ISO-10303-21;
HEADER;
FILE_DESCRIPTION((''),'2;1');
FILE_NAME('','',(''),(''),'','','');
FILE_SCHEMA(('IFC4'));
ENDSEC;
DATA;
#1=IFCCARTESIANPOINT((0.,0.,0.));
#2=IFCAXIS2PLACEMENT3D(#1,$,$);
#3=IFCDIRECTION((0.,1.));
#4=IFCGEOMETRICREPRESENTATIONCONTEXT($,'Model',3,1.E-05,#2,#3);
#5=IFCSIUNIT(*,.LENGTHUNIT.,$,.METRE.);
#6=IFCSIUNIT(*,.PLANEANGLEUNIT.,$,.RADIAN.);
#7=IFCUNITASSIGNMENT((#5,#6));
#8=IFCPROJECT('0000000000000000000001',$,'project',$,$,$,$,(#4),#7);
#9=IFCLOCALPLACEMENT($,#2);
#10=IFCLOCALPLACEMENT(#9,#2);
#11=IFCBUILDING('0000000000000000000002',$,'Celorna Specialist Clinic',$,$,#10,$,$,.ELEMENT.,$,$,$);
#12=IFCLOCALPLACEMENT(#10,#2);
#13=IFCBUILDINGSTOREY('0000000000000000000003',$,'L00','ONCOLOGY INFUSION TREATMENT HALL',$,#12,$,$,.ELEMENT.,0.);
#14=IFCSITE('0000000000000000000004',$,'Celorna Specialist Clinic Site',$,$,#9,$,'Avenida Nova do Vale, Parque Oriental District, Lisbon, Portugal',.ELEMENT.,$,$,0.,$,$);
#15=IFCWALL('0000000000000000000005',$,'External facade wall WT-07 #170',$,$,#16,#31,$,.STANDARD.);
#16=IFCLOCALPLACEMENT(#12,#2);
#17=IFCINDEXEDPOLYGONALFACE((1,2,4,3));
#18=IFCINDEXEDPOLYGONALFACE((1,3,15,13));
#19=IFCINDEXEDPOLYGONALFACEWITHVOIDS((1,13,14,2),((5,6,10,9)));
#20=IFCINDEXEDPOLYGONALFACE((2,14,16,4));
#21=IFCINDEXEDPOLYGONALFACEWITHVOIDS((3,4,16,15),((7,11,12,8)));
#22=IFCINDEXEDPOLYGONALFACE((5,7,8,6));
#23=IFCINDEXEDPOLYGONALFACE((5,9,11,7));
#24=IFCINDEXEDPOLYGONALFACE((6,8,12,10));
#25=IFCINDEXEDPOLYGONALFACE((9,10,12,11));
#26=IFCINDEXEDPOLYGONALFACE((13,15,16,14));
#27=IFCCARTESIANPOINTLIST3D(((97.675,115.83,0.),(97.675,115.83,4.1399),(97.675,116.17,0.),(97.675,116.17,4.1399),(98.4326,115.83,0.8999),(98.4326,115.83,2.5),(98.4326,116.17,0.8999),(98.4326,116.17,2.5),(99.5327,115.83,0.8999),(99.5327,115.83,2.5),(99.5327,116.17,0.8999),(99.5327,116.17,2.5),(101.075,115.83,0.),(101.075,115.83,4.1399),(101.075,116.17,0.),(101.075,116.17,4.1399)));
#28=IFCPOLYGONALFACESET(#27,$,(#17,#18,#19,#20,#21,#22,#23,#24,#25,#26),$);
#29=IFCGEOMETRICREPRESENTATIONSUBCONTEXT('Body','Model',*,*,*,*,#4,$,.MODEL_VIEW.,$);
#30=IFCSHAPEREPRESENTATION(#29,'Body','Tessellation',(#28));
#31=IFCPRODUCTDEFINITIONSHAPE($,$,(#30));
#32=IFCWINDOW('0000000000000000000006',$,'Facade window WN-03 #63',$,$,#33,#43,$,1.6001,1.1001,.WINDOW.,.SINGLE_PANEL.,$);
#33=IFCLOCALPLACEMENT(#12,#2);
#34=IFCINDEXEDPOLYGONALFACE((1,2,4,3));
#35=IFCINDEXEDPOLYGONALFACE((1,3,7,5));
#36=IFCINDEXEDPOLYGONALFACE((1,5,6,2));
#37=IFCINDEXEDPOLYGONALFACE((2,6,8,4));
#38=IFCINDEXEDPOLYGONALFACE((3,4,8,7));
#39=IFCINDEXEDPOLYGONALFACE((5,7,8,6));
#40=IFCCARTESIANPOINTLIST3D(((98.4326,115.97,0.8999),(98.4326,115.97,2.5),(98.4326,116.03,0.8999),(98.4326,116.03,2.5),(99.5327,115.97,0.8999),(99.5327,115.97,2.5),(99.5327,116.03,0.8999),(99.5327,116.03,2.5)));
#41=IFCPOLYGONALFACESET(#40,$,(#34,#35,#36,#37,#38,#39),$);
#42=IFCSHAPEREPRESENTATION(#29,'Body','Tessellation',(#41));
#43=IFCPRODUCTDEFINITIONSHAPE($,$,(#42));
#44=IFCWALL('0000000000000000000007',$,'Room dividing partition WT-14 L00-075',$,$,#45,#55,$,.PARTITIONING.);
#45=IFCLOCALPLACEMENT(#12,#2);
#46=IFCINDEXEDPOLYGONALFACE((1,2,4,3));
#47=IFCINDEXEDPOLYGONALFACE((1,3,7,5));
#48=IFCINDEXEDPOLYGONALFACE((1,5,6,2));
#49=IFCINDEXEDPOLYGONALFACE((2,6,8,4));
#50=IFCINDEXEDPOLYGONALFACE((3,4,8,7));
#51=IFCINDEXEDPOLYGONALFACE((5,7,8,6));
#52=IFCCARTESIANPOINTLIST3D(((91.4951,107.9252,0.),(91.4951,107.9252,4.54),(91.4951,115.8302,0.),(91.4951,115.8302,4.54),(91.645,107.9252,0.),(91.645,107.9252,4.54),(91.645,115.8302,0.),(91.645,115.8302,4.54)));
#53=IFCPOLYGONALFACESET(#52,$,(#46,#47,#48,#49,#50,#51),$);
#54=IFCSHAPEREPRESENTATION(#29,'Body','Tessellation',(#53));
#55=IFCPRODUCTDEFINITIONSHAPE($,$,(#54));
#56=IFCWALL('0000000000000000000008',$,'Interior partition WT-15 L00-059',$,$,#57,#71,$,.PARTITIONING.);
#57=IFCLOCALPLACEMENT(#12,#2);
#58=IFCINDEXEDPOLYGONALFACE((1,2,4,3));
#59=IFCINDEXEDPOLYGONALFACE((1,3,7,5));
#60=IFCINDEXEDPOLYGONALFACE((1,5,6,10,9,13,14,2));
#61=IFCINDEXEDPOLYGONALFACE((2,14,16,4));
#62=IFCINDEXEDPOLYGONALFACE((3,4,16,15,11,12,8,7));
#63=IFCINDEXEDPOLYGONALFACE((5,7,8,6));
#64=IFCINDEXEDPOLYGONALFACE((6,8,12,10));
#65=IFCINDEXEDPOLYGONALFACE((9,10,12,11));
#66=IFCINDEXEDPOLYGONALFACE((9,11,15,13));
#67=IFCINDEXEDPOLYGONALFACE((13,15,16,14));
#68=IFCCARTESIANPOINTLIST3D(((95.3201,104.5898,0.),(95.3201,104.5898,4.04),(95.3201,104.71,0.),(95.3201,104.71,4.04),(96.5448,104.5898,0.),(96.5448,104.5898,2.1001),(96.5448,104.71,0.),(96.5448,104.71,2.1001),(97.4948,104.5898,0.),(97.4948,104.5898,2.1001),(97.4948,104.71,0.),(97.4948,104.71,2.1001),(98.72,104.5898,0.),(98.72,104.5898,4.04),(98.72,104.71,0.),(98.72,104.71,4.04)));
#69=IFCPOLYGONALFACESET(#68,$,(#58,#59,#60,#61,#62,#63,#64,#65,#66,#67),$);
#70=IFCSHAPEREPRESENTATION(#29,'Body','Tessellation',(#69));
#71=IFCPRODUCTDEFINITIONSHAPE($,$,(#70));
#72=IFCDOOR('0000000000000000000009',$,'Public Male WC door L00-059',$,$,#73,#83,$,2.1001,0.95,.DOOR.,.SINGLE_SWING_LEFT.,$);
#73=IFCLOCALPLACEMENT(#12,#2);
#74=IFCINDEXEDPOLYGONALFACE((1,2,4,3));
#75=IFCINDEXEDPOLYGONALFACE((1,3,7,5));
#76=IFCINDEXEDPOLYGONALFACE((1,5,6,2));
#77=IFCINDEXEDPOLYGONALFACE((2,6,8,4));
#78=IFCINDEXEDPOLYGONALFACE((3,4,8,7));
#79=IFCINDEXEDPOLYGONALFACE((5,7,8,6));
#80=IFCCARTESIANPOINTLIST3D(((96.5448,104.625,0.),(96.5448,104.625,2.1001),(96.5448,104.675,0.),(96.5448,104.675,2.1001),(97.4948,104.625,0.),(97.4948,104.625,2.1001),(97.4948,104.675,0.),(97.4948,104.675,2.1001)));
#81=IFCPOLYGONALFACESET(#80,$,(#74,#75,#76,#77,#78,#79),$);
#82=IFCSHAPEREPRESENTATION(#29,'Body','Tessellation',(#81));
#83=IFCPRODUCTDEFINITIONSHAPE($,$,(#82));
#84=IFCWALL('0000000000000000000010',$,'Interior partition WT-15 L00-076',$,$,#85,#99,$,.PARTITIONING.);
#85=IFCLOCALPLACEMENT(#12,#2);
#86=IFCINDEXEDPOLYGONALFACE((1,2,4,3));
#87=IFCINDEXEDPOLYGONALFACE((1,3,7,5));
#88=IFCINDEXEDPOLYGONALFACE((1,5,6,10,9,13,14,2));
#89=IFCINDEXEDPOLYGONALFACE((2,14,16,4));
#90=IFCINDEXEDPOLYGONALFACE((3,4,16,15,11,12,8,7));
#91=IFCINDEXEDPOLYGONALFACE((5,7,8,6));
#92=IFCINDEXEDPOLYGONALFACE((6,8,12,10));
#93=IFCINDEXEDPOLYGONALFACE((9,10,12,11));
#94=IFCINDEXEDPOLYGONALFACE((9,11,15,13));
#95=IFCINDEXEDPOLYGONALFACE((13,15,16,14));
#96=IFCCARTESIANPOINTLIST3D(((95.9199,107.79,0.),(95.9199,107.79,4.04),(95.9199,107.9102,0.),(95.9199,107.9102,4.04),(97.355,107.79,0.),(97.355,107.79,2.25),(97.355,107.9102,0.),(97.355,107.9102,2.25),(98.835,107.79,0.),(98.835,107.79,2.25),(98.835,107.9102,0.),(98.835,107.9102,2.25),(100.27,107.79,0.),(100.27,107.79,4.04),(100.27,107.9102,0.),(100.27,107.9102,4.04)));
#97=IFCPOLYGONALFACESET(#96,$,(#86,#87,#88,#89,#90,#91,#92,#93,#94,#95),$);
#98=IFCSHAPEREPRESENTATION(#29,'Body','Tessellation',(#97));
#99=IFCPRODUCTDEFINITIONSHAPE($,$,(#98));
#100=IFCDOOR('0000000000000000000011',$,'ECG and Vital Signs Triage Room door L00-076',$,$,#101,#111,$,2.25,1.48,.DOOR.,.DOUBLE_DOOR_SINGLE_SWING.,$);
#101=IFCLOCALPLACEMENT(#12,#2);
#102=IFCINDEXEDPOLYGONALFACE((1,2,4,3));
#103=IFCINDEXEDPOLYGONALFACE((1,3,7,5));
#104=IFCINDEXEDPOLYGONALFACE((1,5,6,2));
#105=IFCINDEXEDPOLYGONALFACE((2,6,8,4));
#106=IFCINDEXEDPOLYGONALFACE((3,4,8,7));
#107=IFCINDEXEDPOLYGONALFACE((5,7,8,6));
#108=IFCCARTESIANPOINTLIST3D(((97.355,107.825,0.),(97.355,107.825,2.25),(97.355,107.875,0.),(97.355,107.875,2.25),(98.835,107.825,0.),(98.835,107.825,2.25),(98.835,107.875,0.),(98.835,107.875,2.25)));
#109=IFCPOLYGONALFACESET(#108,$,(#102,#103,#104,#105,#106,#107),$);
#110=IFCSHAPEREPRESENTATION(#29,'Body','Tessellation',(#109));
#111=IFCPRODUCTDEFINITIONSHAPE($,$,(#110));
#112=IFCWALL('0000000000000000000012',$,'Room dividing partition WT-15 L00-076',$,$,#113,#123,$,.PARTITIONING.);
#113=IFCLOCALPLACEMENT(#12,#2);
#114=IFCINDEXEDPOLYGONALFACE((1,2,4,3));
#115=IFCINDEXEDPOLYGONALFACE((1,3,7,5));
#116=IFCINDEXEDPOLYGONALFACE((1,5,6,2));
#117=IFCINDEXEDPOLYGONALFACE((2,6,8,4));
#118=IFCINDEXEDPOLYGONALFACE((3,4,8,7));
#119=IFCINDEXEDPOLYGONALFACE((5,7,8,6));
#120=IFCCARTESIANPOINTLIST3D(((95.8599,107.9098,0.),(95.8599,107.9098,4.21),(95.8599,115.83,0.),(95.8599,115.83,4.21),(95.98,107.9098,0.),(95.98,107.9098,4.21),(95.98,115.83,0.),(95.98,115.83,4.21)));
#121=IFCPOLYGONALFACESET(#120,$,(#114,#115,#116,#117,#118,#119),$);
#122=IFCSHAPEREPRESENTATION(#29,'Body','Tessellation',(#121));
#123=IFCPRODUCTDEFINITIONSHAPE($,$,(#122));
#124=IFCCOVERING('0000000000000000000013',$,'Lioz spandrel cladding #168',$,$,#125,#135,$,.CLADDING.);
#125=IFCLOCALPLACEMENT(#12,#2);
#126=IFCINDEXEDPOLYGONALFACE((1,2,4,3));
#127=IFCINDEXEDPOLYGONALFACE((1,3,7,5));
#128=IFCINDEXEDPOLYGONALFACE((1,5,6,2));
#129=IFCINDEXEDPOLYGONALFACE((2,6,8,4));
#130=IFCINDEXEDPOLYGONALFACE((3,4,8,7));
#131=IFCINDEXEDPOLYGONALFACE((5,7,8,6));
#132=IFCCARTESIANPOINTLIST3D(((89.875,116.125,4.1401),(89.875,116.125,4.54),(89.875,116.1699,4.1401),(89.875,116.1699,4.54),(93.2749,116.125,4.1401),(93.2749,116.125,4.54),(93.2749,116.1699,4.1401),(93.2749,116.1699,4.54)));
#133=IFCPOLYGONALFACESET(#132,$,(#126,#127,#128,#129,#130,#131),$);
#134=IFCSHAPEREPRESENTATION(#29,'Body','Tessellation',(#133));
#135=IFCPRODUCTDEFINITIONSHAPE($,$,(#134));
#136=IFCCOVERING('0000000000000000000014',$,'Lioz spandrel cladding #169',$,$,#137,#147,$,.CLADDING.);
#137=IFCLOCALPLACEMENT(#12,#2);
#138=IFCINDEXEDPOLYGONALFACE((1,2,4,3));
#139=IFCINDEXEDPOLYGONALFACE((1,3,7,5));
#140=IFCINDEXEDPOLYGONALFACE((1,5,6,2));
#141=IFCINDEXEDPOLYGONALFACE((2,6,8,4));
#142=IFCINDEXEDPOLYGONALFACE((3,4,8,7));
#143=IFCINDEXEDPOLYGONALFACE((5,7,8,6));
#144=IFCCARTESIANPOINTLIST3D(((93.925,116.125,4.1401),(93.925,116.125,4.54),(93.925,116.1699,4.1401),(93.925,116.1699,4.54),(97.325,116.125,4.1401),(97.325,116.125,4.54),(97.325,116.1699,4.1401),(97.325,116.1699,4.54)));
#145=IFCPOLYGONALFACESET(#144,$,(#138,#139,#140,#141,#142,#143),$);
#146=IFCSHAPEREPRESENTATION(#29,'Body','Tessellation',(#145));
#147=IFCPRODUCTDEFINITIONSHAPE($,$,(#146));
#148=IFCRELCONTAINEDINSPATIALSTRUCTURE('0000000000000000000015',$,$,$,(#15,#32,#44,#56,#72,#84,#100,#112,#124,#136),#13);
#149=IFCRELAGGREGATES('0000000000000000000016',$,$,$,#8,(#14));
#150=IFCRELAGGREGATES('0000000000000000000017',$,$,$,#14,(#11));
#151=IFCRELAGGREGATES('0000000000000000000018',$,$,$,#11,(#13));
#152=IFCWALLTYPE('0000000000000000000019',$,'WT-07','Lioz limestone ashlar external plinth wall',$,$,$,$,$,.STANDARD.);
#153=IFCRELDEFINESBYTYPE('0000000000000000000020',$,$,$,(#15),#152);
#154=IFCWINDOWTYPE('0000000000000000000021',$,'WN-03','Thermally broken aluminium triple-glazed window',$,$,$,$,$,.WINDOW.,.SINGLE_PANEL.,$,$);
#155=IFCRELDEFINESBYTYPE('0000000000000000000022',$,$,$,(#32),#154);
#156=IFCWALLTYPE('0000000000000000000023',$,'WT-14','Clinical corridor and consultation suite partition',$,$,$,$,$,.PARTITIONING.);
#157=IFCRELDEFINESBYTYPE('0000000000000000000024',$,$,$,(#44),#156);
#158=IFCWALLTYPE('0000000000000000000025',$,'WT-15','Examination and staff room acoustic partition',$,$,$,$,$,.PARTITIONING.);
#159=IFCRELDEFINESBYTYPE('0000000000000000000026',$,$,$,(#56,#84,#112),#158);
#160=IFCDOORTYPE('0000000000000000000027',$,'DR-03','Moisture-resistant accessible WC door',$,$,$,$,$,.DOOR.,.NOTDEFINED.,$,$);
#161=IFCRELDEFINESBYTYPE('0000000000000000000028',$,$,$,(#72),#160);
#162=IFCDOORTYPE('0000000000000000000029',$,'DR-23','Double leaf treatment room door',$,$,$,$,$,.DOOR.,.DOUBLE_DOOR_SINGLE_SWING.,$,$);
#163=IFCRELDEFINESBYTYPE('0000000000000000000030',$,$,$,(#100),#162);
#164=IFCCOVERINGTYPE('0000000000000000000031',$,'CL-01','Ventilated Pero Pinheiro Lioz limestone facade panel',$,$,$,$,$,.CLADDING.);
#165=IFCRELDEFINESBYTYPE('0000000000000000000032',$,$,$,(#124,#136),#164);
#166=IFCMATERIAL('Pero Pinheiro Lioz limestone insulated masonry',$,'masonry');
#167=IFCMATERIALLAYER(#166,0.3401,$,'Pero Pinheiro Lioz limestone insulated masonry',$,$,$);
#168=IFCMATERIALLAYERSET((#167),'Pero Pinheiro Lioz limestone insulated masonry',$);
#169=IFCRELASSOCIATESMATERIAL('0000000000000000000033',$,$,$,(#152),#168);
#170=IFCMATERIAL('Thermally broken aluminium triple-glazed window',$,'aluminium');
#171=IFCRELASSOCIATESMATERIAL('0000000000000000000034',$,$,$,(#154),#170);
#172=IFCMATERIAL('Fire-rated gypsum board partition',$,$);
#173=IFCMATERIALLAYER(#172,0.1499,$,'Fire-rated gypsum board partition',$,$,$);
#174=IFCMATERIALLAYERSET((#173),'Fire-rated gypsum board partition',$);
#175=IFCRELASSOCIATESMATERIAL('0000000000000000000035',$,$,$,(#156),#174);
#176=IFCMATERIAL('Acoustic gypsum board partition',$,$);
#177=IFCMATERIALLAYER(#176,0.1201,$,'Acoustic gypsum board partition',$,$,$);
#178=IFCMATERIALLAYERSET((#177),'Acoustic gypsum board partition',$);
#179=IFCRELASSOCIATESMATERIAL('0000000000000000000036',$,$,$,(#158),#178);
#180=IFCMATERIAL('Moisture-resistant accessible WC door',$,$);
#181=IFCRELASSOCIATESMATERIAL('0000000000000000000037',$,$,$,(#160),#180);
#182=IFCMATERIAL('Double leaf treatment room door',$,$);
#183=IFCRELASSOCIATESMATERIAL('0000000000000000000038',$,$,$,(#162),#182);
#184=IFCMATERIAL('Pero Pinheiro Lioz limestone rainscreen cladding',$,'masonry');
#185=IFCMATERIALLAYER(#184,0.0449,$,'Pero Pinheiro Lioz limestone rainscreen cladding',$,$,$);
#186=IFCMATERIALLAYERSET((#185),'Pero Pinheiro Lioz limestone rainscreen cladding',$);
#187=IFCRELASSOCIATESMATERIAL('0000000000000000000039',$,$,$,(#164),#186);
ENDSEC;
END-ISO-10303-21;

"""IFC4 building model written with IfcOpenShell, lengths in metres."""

from ifc_helpers import new_model, si_unit, direction, frame, frame_2d, origin, origin_2d, place, context, subcontext, project, spatial, rectangle, extrude, material, layer, layer_set, type_object, element, fill, save


model = new_model("IFC4")

# Units and contexts
model_context = context("Model", 3, precision=1e-05, world=origin(), true_north=direction((0.0, 1.0)))
body_context = subcontext(model_context, "Body", "Model", "MODEL_VIEW")
ifc_project = project(units=[si_unit("LENGTHUNIT", "METRE"), si_unit("PLANEANGLEUNIT", "RADIAN")], contexts=[model_context])

# Site, building, storey
site_placement = place(None, origin())
site = spatial("IfcSite", under=ifc_project, at=site_placement, Name="Celorna Specialist Clinic Site", LongName="Avenida Nova do Vale, Parque Oriental District, Lisbon, Portugal", CompositionType="ELEMENT", RefElevation=0.0)
building_placement = place(site_placement, origin())
building = spatial("IfcBuilding", under=site, at=building_placement, Name="Celorna Specialist Clinic", CompositionType="ELEMENT")
storey_placement = place(building_placement, origin())
storey = spatial("IfcBuildingStorey", under=building, at=storey_placement, Name="L00", Description="ONCOLOGY INFUSION TREATMENT HALL", CompositionType="ELEMENT", Elevation=0.0)

# Wall, opening, window
ifc_material_1 = material(Name="Pero Pinheiro Lioz limestone insulated masonry", Category="masonry")
ifc_layer_1 = layer(ifc_material_1, 0.3401, Name="Pero Pinheiro Lioz limestone insulated masonry")
ifc_layer_set_1 = layer_set([ifc_layer_1], Name="Pero Pinheiro Lioz limestone insulated masonry")
wall_type_1 = type_object("IfcWallType", Name="WT-07", Description="Lioz limestone ashlar external plinth wall", PredefinedType="STANDARD", material=ifc_layer_set_1)
ifc_material_2 = material(Name="Thermally broken aluminium triple-glazed window", Category="aluminium")
wall_1_placement = place(storey_placement, frame((97.675, 116.0, 0.0), z_axis=(0.0, 0.0, 1.0), x_axis=(1.0, 0.0, 0.0)))
wall_1 = element("IfcWall", 1, at=wall_1_placement, inside=storey, type_object=wall_type_1, Name="External facade wall WT-07 #170", PredefinedType="STANDARD", context=body_context, shape_type="SweptSolid", body=[
    extrude(rectangle(XDim=3.3999, YDim=0.3401, at=frame_2d((1.7, 0.0))), origin(), (0.0, 0.0, 1.0), 4.1399),
])
opening_1_placement = place(wall_1_placement, frame((0.7576, 0.0, 0.8999)))
opening_1 = element("IfcOpeningElement", 2, at=opening_1_placement, cuts=wall_1, PredefinedType="OPENING", context=body_context, shape_type="SweptSolid", body=[
    extrude(rectangle(XDim=1.1001, YDim=1.6001, at=frame_2d((0.55, 0.8))), frame((0.0, 0.1799, 0.0), z_axis=(0.0, -1.0, 0.0), x_axis=(1.0, 0.0, 0.0)), (0.0, 0.0, 1.0), 0.3601),
])
window_type_1 = type_object("IfcWindowType", Name="WN-03", Description="Thermally broken aluminium triple-glazed window", PartitioningType="SINGLE_PANEL", PredefinedType="WINDOW", material=ifc_material_2)
window_1_placement = place(opening_1_placement, origin())
window_1 = element("IfcWindow", 3, at=window_1_placement, inside=storey, type_object=window_type_1, Name="Facade window WN-03 #63", OverallHeight=1.6001, OverallWidth=1.1001, PartitioningType="SINGLE_PANEL", PredefinedType="WINDOW", context=body_context, shape_type="SweptSolid", body=[
    extrude(rectangle(XDim=1.1001, YDim=1.6001, at=frame_2d((0.55, 0.8))), frame((0.0, 0.03, 0.0), z_axis=(0.0, -1.0, 0.0), x_axis=(1.0, 0.0, 0.0)), (0.0, 0.0, 1.0), 0.0601),
])
fill(opening_1, window_1)

# Wall
ifc_material_3 = material(Name="Fire-rated gypsum board partition")
ifc_layer_2 = layer(ifc_material_3, 0.1499, Name="Fire-rated gypsum board partition")
ifc_layer_set_2 = layer_set([ifc_layer_2], Name="Fire-rated gypsum board partition")
wall_type_2 = type_object("IfcWallType", Name="WT-14", Description="Clinical corridor and consultation suite partition", PredefinedType="PARTITIONING", material=ifc_layer_set_2)
wall_2_placement = place(storey_placement, frame((91.5701, 107.925, 0.0), z_axis=(0.0, 0.0, 1.0), x_axis=(0.0, 1.0, 0.0)))
element("IfcWall", 4, at=wall_2_placement, inside=storey, type_object=wall_type_2, Name="Room dividing partition WT-14 L00-075", PredefinedType="PARTITIONING", context=body_context, shape_type="SweptSolid", body=[
    extrude(rectangle(XDim=7.905, YDim=0.1499, at=frame_2d((3.9526, 0.0))), origin(), (0.0, 0.0, 1.0), 4.54),
])

# Walls, openings, doors
ifc_material_4 = material(Name="Acoustic gypsum board partition")
ifc_layer_3 = layer(ifc_material_4, 0.1201, Name="Acoustic gypsum board partition")
ifc_layer_set_3 = layer_set([ifc_layer_3], Name="Acoustic gypsum board partition")
wall_type_3 = type_object("IfcWallType", Name="WT-15", Description="Examination and staff room acoustic partition", PredefinedType="PARTITIONING", material=ifc_layer_set_3)
wall_3_placement = place(storey_placement, frame((98.72, 104.6499, 0.0), z_axis=(0.0, 0.0, 1.0), x_axis=(-1.0, 0.0, 0.0)))
wall_3 = element("IfcWall", 5, at=wall_3_placement, inside=storey, type_object=wall_type_3, Name="Interior partition WT-15 L00-059", PredefinedType="PARTITIONING", context=body_context, shape_type="SweptSolid", body=[
    extrude(rectangle(XDim=3.3999, YDim=0.1201, at=frame_2d((1.7, 0.0))), origin(), (0.0, 0.0, 1.0), 4.04),
])
opening_2_placement = place(wall_3_placement, frame((1.2251, 0.0, 0.0)))
opening_2 = element("IfcOpeningElement", 6, at=opening_2_placement, cuts=wall_3, PredefinedType="OPENING", context=body_context, shape_type="SweptSolid", body=[
    extrude(rectangle(XDim=0.95, YDim=2.1001, at=frame_2d((0.4751, 1.05))), frame((0.0, 0.0701, 0.0), z_axis=(0.0, -1.0, 0.0), x_axis=(1.0, 0.0, 0.0)), (0.0, 0.0, 1.0), 0.1401),
])
ifc_material_5 = material(Name="Moisture-resistant accessible WC door")
door_type_1 = type_object("IfcDoorType", Name="DR-03", Description="Moisture-resistant accessible WC door", OperationType="NOTDEFINED", PredefinedType="DOOR", material=ifc_material_5)
door_1_placement = place(opening_2_placement, origin())
door_1 = element("IfcDoor", 7, at=door_1_placement, inside=storey, type_object=door_type_1, Name="Public Male WC door L00-059", OperationType="SINGLE_SWING_LEFT", OverallHeight=2.1001, OverallWidth=0.95, PredefinedType="DOOR", context=body_context, shape_type="SweptSolid", body=[
    extrude(rectangle(XDim=0.95, YDim=2.1001, at=frame_2d((0.4751, 1.05))), frame((0.0, 0.0249, 0.0), z_axis=(0.0, -1.0, 0.0), x_axis=(1.0, 0.0, 0.0)), (0.0, 0.0, 1.0), 0.05),
])
fill(opening_2, door_1)
wall_4_placement = place(storey_placement, frame((95.9199, 107.8501, 0.0), z_axis=(0.0, 0.0, 1.0), x_axis=(1.0, 0.0, 0.0)))
wall_4 = element("IfcWall", 8, at=wall_4_placement, inside=storey, type_object=wall_type_3, Name="Interior partition WT-15 L00-076", PredefinedType="PARTITIONING", context=body_context, shape_type="SweptSolid", body=[
    extrude(rectangle(XDim=4.3501, YDim=0.1201, at=frame_2d((2.175, 0.0))), origin(), (0.0, 0.0, 1.0), 4.04),
])
opening_3_placement = place(wall_4_placement, frame((1.4351, 0.0, 0.0)))
opening_3 = element("IfcOpeningElement", 9, at=opening_3_placement, cuts=wall_4, PredefinedType="OPENING", context=body_context, shape_type="SweptSolid", body=[
    extrude(rectangle(XDim=1.48, YDim=2.25, at=frame_2d((0.74, 1.125))), frame((0.0, 0.0701, 0.0), z_axis=(0.0, -1.0, 0.0), x_axis=(1.0, 0.0, 0.0)), (0.0, 0.0, 1.0), 0.1401),
])
ifc_material_6 = material(Name="Double leaf treatment room door")
door_type_2 = type_object("IfcDoorType", Name="DR-23", Description="Double leaf treatment room door", OperationType="DOUBLE_DOOR_SINGLE_SWING", PredefinedType="DOOR", material=ifc_material_6)
door_2_placement = place(opening_3_placement, origin())
door_2 = element("IfcDoor", 10, at=door_2_placement, inside=storey, type_object=door_type_2, Name="ECG and Vital Signs Triage Room door L00-076", OperationType="DOUBLE_DOOR_SINGLE_SWING", OverallHeight=2.25, OverallWidth=1.48, PredefinedType="DOOR", context=body_context, shape_type="SweptSolid", body=[
    extrude(rectangle(XDim=1.48, YDim=2.25, at=frame_2d((0.74, 1.125))), frame((0.0, 0.0249, 0.0), z_axis=(0.0, -1.0, 0.0), x_axis=(1.0, 0.0, 0.0)), (0.0, 0.0, 1.0), 0.05),
])
fill(opening_3, door_2)

# Wall
wall_5_placement = place(storey_placement, frame((95.9199, 107.9099, 0.0), z_axis=(0.0, 0.0, 1.0), x_axis=(0.0, 1.0, 0.0)))
element("IfcWall", 11, at=wall_5_placement, inside=storey, type_object=wall_type_3, Name="Room dividing partition WT-15 L00-076", PredefinedType="PARTITIONING", context=body_context, shape_type="SweptSolid", body=[
    extrude(rectangle(XDim=7.9202, YDim=0.1201, at=frame_2d((3.96, 0.0))), origin(), (0.0, 0.0, 1.0), 4.21),
])

# Coverings
ifc_material_7 = material(Name="Pero Pinheiro Lioz limestone rainscreen cladding", Category="masonry")
ifc_layer_4 = layer(ifc_material_7, 0.0449, Name="Pero Pinheiro Lioz limestone rainscreen cladding")
ifc_layer_set_4 = layer_set([ifc_layer_4], Name="Pero Pinheiro Lioz limestone rainscreen cladding")
covering_type = type_object("IfcCoveringType", Name="CL-01", Description="Ventilated Pero Pinheiro Lioz limestone facade panel", PredefinedType="CLADDING", material=ifc_layer_set_4)
for number, where, z_axis, x_axis, name in (
    (12, (91.575, 116.1475, 4.1401), (0.0, 0.0, 1.0), (1.0, 0.0, 0.0), "Lioz spandrel cladding #168"),
    (13, (95.625, 116.1475, 4.1401), (0.0, 0.0, 1.0), (1.0, 0.0, 0.0), "Lioz spandrel cladding #169"),
):
    element("IfcCovering", number, at=place(storey_placement, frame(where, z_axis=z_axis, x_axis=x_axis)), inside=storey, type_object=covering_type, Name=name, PredefinedType="CLADDING", context=body_context, shape_type="SweptSolid", body=[
        extrude(rectangle(XDim=3.3999, YDim=0.0449, at=origin_2d()), origin(), (0.0, 0.0, 1.0), 0.3999),
    ])

save(model, "model.ifc")
